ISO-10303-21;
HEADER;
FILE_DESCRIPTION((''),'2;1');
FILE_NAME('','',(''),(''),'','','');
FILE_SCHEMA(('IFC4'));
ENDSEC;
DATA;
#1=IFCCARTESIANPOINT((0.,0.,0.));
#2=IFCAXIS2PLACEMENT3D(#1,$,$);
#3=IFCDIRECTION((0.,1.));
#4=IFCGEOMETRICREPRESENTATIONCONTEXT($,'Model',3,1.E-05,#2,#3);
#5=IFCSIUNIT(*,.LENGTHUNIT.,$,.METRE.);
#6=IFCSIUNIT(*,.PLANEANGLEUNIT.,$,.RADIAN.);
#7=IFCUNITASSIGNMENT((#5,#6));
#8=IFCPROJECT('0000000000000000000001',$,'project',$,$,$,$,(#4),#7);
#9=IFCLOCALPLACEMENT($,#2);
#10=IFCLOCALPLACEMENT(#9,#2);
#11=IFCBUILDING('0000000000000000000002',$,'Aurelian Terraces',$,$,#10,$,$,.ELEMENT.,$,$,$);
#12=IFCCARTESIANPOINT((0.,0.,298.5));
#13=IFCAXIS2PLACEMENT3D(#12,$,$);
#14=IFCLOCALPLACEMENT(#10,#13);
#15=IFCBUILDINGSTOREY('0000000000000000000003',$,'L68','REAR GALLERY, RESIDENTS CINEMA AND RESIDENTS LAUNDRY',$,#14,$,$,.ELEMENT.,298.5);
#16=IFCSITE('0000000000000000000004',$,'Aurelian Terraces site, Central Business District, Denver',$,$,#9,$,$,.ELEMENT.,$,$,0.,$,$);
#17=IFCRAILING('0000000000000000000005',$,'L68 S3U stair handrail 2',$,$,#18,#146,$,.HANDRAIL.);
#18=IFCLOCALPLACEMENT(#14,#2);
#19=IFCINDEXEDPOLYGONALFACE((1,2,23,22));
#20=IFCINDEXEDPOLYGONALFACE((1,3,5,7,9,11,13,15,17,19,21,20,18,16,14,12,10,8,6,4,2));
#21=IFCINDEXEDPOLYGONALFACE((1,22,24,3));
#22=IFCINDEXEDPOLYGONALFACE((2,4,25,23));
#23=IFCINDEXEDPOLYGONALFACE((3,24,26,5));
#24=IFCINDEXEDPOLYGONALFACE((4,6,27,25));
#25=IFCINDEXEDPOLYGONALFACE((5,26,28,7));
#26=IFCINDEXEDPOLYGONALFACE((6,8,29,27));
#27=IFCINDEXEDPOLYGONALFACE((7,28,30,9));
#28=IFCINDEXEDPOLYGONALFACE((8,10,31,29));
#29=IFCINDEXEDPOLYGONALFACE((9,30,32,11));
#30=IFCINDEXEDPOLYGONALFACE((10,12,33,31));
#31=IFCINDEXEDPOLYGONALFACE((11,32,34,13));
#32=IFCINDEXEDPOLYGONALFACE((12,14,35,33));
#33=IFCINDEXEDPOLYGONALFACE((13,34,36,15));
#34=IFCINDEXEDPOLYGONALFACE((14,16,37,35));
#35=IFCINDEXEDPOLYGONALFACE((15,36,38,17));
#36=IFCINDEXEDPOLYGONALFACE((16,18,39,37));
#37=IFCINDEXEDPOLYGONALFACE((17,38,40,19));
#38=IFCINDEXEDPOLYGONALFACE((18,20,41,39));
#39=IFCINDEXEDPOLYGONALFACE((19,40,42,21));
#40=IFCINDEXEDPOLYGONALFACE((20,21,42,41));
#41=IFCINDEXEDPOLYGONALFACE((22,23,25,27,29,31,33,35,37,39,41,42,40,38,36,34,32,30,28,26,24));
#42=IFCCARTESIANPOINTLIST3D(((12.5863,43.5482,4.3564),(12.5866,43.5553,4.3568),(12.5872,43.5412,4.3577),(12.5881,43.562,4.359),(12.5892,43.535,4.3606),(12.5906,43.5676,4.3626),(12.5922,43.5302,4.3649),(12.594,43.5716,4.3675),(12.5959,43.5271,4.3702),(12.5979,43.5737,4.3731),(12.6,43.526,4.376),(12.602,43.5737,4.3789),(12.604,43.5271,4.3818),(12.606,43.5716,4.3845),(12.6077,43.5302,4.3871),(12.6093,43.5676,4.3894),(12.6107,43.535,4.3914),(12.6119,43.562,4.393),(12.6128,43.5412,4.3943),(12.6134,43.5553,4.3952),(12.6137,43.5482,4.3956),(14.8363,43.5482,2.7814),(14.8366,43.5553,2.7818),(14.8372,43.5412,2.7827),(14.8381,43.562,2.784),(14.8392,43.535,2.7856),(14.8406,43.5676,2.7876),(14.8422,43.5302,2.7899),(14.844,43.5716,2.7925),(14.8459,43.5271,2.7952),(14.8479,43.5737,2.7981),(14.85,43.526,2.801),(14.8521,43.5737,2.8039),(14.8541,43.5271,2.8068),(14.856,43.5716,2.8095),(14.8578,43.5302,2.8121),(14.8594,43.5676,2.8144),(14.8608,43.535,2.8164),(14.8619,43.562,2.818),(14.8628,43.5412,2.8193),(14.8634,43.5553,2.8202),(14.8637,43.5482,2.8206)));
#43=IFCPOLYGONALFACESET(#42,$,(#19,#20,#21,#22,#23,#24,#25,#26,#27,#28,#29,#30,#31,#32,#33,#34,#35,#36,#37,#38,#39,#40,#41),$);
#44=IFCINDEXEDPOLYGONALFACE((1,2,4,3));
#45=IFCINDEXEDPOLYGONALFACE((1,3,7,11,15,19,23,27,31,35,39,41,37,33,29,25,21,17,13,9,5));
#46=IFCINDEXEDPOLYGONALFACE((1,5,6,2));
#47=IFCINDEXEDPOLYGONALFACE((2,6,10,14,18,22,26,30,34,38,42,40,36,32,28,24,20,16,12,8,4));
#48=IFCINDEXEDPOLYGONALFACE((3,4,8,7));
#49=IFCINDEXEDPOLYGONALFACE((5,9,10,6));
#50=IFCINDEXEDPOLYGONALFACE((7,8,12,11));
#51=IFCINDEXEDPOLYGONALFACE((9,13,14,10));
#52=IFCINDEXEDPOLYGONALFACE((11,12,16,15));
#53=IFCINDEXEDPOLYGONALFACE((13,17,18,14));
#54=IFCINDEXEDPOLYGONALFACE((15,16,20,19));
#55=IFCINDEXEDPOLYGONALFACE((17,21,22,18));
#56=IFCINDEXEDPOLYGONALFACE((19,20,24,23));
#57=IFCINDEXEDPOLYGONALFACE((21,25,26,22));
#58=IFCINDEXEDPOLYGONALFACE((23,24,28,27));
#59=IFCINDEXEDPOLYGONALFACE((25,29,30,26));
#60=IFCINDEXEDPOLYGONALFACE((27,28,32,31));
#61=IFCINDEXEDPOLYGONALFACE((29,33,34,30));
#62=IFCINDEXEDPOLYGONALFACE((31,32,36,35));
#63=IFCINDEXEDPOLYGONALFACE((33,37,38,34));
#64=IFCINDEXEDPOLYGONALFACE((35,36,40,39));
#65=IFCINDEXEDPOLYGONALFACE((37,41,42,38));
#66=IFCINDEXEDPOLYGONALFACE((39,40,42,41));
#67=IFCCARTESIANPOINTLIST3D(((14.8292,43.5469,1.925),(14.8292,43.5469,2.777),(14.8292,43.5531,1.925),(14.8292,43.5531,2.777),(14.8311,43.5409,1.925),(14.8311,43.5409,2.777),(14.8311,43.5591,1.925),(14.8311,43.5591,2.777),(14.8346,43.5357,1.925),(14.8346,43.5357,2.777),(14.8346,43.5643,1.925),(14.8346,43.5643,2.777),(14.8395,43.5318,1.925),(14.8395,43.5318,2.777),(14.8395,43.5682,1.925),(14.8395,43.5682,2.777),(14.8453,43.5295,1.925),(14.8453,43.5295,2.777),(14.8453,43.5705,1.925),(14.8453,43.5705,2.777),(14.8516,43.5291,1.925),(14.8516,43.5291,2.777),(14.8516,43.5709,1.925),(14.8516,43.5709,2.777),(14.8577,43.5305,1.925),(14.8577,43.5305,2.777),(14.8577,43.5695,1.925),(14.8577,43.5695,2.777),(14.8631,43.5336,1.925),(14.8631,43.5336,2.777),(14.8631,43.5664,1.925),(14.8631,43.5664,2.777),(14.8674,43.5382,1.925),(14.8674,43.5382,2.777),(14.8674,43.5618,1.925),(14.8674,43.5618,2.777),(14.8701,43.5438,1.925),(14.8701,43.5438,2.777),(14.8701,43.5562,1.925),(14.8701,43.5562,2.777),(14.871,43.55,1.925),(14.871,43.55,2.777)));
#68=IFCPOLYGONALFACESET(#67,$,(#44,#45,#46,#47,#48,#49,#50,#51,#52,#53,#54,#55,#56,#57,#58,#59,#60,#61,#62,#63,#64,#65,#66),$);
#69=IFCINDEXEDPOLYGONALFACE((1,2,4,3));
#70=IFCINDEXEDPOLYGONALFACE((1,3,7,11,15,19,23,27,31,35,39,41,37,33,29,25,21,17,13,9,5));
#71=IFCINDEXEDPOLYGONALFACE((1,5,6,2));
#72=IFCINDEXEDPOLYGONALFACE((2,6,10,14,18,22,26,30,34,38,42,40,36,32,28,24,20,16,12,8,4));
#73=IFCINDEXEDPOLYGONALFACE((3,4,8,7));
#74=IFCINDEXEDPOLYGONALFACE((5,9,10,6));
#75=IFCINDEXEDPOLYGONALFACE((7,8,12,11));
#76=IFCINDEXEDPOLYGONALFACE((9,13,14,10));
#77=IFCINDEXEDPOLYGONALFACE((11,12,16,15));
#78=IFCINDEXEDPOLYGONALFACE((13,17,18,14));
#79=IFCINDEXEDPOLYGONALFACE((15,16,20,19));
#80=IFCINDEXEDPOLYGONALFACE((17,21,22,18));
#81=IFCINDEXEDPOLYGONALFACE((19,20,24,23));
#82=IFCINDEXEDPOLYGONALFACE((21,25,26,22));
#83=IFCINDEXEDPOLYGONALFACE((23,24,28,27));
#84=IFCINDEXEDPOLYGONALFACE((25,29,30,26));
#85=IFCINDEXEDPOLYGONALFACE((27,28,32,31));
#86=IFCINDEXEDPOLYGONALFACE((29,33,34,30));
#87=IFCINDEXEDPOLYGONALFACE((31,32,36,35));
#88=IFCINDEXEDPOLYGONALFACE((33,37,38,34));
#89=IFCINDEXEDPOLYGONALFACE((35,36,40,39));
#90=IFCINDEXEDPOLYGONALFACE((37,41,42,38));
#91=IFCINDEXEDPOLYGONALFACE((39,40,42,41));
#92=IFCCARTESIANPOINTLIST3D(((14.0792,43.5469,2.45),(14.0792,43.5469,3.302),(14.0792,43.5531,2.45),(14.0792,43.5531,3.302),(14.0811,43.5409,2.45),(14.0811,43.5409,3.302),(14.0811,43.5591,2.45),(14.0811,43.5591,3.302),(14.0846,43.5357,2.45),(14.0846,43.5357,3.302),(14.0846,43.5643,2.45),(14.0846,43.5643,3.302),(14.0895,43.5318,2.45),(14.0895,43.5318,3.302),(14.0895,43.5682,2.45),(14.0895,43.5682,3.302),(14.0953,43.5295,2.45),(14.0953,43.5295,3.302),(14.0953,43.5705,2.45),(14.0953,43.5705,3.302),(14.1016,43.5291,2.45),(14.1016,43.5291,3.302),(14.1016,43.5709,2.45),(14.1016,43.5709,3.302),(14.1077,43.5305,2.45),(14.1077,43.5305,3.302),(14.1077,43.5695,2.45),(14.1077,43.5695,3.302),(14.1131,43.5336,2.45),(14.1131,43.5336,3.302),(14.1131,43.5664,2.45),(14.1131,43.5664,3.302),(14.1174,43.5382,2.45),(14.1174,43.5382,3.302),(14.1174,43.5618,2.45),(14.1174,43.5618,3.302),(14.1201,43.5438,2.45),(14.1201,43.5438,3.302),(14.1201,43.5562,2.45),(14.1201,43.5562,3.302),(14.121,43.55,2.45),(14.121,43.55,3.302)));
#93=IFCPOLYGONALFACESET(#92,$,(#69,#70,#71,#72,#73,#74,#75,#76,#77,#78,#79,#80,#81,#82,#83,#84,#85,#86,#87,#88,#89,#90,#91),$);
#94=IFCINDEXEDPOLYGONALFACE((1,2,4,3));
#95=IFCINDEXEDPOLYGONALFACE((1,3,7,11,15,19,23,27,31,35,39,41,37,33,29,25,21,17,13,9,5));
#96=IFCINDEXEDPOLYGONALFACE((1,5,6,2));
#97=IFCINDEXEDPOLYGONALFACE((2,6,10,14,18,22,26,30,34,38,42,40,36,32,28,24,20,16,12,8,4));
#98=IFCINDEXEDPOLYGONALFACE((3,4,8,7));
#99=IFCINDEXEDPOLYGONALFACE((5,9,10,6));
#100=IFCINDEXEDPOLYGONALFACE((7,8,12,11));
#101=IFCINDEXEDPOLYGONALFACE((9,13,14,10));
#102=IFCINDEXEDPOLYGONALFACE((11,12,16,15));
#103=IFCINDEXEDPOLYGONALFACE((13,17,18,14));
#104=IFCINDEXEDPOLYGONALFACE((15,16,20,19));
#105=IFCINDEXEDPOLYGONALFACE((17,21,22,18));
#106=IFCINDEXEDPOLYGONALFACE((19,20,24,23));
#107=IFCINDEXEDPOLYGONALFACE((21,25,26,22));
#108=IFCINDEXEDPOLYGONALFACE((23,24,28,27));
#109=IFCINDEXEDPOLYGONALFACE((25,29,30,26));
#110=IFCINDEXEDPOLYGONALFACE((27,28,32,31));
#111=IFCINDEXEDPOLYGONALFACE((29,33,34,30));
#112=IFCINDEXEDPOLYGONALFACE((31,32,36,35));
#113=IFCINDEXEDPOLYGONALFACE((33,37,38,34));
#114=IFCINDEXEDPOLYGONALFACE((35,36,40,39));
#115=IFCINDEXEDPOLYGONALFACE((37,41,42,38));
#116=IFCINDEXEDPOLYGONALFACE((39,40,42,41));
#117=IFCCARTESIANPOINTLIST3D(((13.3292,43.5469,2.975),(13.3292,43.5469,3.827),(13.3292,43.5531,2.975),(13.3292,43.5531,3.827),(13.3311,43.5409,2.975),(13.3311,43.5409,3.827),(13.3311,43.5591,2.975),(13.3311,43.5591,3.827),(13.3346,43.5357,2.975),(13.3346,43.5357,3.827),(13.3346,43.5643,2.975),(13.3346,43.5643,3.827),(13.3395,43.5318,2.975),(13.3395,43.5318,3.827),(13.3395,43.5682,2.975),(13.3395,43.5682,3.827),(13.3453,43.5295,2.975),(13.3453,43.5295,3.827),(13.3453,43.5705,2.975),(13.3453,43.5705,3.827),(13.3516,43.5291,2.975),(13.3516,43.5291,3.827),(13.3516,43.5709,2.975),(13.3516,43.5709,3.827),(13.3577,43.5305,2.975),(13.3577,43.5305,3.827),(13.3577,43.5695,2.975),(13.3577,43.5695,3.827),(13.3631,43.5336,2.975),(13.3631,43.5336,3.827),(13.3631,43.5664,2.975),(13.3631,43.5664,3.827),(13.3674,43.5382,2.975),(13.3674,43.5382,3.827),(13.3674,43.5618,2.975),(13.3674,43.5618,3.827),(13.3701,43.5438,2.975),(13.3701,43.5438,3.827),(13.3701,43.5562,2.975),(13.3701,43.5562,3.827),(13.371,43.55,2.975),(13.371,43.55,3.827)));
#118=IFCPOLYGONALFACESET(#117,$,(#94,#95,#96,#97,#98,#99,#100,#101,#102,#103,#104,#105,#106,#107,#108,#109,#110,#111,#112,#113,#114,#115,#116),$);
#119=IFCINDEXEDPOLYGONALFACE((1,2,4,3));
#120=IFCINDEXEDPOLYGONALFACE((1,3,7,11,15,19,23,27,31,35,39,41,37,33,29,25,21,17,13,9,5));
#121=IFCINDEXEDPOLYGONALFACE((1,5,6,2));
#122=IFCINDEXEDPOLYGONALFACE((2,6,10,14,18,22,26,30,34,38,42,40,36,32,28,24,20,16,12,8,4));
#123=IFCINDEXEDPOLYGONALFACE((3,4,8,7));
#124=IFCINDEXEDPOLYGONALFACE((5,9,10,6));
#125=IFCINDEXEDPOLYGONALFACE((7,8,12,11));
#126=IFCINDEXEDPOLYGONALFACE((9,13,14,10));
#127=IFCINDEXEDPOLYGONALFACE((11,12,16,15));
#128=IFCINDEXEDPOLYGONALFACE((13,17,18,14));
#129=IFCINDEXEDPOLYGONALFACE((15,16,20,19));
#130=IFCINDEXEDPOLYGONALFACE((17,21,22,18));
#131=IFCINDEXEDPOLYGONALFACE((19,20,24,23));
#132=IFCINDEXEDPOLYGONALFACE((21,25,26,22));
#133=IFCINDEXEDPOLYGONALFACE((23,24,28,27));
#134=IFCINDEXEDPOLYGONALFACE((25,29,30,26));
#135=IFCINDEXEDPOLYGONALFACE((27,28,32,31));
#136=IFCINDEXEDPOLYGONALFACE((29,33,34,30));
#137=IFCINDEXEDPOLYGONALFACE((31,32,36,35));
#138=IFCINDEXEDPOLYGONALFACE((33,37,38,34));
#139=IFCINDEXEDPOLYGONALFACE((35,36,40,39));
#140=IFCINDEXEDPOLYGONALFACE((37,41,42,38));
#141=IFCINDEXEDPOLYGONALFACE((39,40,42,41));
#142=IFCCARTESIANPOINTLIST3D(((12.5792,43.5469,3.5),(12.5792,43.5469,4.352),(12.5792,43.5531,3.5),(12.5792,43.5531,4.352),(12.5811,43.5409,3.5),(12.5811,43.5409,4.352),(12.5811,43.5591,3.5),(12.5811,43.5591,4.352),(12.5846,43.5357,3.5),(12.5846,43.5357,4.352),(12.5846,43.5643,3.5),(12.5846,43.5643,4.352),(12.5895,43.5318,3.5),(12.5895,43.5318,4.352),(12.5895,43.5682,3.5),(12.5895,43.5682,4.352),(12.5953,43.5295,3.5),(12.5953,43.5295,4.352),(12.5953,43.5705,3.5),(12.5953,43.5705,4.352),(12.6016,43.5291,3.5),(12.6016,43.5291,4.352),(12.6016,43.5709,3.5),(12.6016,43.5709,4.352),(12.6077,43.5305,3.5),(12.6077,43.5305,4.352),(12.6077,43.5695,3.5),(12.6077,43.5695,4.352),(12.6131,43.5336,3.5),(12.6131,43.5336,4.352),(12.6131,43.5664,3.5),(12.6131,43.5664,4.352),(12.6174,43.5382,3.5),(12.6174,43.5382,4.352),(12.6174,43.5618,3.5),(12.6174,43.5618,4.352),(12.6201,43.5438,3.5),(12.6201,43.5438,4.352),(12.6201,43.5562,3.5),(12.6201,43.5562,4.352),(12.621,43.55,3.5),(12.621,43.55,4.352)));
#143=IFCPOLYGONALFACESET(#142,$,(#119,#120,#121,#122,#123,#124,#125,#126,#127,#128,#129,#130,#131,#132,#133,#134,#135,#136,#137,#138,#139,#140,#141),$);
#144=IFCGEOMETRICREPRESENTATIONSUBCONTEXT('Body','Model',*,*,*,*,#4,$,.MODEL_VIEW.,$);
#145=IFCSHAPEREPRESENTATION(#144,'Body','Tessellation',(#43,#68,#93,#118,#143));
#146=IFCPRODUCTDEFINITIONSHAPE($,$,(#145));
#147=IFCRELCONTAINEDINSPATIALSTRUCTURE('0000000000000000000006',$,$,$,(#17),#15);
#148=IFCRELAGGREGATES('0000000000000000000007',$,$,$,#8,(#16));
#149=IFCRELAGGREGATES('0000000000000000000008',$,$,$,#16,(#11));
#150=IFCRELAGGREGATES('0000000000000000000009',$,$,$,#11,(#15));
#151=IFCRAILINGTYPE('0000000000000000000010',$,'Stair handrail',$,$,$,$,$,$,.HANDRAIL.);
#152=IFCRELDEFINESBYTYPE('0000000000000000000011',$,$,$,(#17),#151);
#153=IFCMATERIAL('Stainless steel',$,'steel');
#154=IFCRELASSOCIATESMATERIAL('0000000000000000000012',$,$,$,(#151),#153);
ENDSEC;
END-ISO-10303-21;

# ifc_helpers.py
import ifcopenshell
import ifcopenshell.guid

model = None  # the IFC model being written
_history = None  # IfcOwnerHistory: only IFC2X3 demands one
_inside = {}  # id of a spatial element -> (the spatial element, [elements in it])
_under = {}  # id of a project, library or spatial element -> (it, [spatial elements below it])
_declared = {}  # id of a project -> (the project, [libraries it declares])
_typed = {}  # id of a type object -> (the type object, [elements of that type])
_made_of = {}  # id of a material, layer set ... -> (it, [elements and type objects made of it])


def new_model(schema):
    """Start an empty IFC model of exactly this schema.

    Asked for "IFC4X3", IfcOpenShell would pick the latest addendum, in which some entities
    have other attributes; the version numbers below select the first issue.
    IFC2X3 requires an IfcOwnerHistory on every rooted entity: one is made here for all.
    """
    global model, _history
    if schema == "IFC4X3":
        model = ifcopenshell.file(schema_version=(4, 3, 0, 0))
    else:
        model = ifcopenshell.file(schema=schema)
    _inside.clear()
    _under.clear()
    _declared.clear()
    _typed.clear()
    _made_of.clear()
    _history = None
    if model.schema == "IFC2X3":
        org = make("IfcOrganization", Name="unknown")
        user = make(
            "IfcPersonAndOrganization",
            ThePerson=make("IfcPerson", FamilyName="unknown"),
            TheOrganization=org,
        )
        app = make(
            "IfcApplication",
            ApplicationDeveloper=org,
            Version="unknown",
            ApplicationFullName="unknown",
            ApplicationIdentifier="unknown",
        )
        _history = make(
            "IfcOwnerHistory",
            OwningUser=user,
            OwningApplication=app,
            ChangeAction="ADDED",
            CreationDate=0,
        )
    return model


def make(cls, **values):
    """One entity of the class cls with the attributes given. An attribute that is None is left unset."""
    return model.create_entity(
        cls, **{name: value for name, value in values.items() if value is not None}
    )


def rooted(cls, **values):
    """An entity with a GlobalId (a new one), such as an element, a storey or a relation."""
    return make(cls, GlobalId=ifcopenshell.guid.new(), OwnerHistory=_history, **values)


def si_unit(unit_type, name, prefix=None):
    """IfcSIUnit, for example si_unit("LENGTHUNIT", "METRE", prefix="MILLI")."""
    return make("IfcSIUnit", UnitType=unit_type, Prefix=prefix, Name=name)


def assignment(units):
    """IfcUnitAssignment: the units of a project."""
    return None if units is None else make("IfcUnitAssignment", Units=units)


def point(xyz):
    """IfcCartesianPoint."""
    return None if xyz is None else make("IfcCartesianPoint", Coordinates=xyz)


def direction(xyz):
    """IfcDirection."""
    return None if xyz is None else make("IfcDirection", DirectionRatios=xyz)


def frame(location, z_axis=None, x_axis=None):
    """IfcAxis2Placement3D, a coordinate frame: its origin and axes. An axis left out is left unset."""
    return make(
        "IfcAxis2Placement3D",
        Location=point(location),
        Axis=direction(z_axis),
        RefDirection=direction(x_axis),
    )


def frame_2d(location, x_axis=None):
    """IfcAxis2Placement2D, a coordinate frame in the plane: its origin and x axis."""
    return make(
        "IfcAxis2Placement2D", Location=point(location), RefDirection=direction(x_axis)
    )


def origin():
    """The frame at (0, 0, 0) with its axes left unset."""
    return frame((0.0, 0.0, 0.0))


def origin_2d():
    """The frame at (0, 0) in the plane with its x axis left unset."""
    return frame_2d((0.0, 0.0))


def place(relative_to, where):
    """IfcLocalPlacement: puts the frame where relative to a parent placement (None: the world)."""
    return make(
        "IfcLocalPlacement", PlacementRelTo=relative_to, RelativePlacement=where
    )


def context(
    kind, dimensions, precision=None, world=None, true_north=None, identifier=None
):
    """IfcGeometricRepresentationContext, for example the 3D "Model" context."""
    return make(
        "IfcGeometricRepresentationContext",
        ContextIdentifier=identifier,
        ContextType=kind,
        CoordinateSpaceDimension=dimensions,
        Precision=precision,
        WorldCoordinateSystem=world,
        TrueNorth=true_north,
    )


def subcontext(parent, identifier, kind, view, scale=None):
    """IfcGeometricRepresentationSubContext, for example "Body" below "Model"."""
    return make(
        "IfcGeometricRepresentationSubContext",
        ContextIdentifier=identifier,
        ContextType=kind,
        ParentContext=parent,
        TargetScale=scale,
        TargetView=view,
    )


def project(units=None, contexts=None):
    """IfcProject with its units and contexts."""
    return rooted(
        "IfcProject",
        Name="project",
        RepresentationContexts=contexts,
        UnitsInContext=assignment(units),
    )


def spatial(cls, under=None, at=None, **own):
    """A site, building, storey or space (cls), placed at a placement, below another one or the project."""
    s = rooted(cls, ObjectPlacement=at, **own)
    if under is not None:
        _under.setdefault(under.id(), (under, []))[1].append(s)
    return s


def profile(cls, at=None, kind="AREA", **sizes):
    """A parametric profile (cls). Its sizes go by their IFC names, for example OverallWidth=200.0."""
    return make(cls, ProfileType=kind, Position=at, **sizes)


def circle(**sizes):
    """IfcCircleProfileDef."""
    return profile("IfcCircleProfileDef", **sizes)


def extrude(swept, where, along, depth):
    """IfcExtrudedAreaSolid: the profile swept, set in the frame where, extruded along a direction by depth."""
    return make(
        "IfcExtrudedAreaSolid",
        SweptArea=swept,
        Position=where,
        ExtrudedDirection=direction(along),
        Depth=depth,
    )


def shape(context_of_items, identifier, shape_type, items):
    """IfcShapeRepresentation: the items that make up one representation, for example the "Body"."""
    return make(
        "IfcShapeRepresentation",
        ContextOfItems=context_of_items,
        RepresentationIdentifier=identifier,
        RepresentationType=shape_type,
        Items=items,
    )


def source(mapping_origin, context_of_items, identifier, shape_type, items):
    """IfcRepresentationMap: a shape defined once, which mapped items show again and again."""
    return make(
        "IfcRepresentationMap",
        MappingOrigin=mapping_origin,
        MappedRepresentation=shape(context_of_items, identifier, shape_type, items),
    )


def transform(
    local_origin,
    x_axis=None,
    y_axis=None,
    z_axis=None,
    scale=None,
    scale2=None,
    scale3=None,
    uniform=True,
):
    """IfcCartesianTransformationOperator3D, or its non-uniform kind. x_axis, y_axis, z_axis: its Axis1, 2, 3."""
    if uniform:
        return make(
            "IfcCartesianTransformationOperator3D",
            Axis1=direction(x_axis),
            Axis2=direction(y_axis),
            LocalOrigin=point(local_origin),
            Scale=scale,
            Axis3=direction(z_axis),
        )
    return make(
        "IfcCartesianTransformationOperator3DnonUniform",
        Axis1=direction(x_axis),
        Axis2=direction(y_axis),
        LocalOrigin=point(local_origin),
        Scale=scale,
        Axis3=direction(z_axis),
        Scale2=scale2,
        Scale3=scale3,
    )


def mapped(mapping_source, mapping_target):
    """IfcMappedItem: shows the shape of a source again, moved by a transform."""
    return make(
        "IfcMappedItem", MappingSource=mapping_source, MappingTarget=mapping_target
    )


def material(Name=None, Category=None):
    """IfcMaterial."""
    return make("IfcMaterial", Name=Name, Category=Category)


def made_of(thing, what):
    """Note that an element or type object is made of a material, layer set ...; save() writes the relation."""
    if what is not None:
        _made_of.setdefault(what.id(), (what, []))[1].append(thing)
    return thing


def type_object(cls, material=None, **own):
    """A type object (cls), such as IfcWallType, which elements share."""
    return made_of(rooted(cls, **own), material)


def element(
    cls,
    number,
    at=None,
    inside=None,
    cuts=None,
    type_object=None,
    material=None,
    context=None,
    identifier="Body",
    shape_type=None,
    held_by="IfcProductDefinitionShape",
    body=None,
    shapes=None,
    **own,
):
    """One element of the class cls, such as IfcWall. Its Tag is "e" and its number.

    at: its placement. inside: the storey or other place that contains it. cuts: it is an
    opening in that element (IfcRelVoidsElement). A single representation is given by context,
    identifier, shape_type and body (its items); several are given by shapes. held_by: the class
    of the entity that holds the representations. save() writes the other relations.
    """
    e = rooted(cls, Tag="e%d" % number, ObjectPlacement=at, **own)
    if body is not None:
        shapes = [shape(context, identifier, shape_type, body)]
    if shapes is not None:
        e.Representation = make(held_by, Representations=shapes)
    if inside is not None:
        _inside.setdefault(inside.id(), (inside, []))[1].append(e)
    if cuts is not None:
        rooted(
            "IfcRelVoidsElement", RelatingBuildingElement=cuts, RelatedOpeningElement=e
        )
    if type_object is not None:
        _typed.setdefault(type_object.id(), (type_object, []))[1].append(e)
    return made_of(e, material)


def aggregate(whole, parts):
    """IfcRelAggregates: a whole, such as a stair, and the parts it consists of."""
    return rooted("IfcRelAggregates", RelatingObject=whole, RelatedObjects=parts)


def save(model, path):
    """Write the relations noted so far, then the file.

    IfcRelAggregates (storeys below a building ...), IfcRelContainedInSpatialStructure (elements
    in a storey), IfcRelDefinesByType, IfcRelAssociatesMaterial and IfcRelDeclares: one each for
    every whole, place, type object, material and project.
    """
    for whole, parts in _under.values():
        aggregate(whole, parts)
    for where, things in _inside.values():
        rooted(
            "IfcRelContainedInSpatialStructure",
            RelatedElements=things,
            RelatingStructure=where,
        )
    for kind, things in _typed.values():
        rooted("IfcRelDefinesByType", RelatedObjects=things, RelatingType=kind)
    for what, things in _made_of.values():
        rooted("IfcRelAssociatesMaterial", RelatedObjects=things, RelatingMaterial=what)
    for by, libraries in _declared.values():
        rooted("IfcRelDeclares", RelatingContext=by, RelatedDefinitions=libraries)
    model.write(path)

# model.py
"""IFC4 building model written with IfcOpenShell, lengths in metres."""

from ifc_helpers import new_model, si_unit, direction, frame, origin, origin_2d, place, context, subcontext, project, spatial, circle, extrude, source, transform, mapped, material, type_object, element, save


model = new_model("IFC4")

# Units and contexts
model_context = context("Model", 3, precision=1e-05, world=origin(), true_north=direction((0.0, 1.0)))
body_context = subcontext(model_context, "Body", "Model", "MODEL_VIEW")
ifc_project = project(units=[si_unit("LENGTHUNIT", "METRE"), si_unit("PLANEANGLEUNIT", "RADIAN")], contexts=[model_context])

# Site, building, storey
site_placement = place(None, origin())
site = spatial("IfcSite", under=ifc_project, at=site_placement, Name="Aurelian Terraces site, Central Business District, Denver", CompositionType="ELEMENT", RefElevation=0.0)
building_placement = place(site_placement, origin())
building = spatial("IfcBuilding", under=site, at=building_placement, Name="Aurelian Terraces", CompositionType="ELEMENT")
storey_placement = place(building_placement, frame((0.0, 0.0, 298.5)))
storey = spatial("IfcBuildingStorey", under=building, at=storey_placement, Name="L68", Description="REAR GALLERY, RESIDENTS CINEMA AND RESIDENTS LAUNDRY", CompositionType="ELEMENT", Elevation=298.5)

# Railing
ifc_material_1 = material(Name="Stainless steel", Category="steel")
railing_type_1 = type_object("IfcRailingType", Name="Stair handrail", PredefinedType="HANDRAIL", material=ifc_material_1)
shared_shape_1 = source(origin(), body_context, "Body", "SweptSolid", [
    extrude(circle(Radius=0.024, at=origin_2d()), frame((0.0, 0.0, 0.876), z_axis=(-0.819232, 0.0, 0.573462), x_axis=(0.0, -1.0, 0.0)), (0.0, 0.0, 1.0), 2.7465),
    extrude(circle(Radius=0.021, at=origin_2d()), origin(), (0.0, 0.0, 1.0), 0.852),
    extrude(circle(Radius=0.021, at=origin_2d()), frame((-0.75, 0.0, 0.525)), (0.0, 0.0, 1.0), 0.852),
    extrude(circle(Radius=0.021, at=origin_2d()), frame((-1.5, 0.0, 1.05)), (0.0, 0.0, 1.0), 0.852),
    extrude(circle(Radius=0.021, at=origin_2d()), frame((-2.25, 0.0, 1.575)), (0.0, 0.0, 1.0), 0.852),
])
railing_1_placement = place(storey_placement, frame((14.85, 43.55, 1.925)))
element("IfcRailing", 1, at=railing_1_placement, inside=storey, type_object=railing_type_1, Name="L68 S3U stair handrail 2", PredefinedType="HANDRAIL", context=body_context, shape_type="MappedRepresentation", body=[
    mapped(shared_shape_1, transform((0.0, 0.0, 0.0), scale=1.0)),
])

save(model, "model.ifc")
